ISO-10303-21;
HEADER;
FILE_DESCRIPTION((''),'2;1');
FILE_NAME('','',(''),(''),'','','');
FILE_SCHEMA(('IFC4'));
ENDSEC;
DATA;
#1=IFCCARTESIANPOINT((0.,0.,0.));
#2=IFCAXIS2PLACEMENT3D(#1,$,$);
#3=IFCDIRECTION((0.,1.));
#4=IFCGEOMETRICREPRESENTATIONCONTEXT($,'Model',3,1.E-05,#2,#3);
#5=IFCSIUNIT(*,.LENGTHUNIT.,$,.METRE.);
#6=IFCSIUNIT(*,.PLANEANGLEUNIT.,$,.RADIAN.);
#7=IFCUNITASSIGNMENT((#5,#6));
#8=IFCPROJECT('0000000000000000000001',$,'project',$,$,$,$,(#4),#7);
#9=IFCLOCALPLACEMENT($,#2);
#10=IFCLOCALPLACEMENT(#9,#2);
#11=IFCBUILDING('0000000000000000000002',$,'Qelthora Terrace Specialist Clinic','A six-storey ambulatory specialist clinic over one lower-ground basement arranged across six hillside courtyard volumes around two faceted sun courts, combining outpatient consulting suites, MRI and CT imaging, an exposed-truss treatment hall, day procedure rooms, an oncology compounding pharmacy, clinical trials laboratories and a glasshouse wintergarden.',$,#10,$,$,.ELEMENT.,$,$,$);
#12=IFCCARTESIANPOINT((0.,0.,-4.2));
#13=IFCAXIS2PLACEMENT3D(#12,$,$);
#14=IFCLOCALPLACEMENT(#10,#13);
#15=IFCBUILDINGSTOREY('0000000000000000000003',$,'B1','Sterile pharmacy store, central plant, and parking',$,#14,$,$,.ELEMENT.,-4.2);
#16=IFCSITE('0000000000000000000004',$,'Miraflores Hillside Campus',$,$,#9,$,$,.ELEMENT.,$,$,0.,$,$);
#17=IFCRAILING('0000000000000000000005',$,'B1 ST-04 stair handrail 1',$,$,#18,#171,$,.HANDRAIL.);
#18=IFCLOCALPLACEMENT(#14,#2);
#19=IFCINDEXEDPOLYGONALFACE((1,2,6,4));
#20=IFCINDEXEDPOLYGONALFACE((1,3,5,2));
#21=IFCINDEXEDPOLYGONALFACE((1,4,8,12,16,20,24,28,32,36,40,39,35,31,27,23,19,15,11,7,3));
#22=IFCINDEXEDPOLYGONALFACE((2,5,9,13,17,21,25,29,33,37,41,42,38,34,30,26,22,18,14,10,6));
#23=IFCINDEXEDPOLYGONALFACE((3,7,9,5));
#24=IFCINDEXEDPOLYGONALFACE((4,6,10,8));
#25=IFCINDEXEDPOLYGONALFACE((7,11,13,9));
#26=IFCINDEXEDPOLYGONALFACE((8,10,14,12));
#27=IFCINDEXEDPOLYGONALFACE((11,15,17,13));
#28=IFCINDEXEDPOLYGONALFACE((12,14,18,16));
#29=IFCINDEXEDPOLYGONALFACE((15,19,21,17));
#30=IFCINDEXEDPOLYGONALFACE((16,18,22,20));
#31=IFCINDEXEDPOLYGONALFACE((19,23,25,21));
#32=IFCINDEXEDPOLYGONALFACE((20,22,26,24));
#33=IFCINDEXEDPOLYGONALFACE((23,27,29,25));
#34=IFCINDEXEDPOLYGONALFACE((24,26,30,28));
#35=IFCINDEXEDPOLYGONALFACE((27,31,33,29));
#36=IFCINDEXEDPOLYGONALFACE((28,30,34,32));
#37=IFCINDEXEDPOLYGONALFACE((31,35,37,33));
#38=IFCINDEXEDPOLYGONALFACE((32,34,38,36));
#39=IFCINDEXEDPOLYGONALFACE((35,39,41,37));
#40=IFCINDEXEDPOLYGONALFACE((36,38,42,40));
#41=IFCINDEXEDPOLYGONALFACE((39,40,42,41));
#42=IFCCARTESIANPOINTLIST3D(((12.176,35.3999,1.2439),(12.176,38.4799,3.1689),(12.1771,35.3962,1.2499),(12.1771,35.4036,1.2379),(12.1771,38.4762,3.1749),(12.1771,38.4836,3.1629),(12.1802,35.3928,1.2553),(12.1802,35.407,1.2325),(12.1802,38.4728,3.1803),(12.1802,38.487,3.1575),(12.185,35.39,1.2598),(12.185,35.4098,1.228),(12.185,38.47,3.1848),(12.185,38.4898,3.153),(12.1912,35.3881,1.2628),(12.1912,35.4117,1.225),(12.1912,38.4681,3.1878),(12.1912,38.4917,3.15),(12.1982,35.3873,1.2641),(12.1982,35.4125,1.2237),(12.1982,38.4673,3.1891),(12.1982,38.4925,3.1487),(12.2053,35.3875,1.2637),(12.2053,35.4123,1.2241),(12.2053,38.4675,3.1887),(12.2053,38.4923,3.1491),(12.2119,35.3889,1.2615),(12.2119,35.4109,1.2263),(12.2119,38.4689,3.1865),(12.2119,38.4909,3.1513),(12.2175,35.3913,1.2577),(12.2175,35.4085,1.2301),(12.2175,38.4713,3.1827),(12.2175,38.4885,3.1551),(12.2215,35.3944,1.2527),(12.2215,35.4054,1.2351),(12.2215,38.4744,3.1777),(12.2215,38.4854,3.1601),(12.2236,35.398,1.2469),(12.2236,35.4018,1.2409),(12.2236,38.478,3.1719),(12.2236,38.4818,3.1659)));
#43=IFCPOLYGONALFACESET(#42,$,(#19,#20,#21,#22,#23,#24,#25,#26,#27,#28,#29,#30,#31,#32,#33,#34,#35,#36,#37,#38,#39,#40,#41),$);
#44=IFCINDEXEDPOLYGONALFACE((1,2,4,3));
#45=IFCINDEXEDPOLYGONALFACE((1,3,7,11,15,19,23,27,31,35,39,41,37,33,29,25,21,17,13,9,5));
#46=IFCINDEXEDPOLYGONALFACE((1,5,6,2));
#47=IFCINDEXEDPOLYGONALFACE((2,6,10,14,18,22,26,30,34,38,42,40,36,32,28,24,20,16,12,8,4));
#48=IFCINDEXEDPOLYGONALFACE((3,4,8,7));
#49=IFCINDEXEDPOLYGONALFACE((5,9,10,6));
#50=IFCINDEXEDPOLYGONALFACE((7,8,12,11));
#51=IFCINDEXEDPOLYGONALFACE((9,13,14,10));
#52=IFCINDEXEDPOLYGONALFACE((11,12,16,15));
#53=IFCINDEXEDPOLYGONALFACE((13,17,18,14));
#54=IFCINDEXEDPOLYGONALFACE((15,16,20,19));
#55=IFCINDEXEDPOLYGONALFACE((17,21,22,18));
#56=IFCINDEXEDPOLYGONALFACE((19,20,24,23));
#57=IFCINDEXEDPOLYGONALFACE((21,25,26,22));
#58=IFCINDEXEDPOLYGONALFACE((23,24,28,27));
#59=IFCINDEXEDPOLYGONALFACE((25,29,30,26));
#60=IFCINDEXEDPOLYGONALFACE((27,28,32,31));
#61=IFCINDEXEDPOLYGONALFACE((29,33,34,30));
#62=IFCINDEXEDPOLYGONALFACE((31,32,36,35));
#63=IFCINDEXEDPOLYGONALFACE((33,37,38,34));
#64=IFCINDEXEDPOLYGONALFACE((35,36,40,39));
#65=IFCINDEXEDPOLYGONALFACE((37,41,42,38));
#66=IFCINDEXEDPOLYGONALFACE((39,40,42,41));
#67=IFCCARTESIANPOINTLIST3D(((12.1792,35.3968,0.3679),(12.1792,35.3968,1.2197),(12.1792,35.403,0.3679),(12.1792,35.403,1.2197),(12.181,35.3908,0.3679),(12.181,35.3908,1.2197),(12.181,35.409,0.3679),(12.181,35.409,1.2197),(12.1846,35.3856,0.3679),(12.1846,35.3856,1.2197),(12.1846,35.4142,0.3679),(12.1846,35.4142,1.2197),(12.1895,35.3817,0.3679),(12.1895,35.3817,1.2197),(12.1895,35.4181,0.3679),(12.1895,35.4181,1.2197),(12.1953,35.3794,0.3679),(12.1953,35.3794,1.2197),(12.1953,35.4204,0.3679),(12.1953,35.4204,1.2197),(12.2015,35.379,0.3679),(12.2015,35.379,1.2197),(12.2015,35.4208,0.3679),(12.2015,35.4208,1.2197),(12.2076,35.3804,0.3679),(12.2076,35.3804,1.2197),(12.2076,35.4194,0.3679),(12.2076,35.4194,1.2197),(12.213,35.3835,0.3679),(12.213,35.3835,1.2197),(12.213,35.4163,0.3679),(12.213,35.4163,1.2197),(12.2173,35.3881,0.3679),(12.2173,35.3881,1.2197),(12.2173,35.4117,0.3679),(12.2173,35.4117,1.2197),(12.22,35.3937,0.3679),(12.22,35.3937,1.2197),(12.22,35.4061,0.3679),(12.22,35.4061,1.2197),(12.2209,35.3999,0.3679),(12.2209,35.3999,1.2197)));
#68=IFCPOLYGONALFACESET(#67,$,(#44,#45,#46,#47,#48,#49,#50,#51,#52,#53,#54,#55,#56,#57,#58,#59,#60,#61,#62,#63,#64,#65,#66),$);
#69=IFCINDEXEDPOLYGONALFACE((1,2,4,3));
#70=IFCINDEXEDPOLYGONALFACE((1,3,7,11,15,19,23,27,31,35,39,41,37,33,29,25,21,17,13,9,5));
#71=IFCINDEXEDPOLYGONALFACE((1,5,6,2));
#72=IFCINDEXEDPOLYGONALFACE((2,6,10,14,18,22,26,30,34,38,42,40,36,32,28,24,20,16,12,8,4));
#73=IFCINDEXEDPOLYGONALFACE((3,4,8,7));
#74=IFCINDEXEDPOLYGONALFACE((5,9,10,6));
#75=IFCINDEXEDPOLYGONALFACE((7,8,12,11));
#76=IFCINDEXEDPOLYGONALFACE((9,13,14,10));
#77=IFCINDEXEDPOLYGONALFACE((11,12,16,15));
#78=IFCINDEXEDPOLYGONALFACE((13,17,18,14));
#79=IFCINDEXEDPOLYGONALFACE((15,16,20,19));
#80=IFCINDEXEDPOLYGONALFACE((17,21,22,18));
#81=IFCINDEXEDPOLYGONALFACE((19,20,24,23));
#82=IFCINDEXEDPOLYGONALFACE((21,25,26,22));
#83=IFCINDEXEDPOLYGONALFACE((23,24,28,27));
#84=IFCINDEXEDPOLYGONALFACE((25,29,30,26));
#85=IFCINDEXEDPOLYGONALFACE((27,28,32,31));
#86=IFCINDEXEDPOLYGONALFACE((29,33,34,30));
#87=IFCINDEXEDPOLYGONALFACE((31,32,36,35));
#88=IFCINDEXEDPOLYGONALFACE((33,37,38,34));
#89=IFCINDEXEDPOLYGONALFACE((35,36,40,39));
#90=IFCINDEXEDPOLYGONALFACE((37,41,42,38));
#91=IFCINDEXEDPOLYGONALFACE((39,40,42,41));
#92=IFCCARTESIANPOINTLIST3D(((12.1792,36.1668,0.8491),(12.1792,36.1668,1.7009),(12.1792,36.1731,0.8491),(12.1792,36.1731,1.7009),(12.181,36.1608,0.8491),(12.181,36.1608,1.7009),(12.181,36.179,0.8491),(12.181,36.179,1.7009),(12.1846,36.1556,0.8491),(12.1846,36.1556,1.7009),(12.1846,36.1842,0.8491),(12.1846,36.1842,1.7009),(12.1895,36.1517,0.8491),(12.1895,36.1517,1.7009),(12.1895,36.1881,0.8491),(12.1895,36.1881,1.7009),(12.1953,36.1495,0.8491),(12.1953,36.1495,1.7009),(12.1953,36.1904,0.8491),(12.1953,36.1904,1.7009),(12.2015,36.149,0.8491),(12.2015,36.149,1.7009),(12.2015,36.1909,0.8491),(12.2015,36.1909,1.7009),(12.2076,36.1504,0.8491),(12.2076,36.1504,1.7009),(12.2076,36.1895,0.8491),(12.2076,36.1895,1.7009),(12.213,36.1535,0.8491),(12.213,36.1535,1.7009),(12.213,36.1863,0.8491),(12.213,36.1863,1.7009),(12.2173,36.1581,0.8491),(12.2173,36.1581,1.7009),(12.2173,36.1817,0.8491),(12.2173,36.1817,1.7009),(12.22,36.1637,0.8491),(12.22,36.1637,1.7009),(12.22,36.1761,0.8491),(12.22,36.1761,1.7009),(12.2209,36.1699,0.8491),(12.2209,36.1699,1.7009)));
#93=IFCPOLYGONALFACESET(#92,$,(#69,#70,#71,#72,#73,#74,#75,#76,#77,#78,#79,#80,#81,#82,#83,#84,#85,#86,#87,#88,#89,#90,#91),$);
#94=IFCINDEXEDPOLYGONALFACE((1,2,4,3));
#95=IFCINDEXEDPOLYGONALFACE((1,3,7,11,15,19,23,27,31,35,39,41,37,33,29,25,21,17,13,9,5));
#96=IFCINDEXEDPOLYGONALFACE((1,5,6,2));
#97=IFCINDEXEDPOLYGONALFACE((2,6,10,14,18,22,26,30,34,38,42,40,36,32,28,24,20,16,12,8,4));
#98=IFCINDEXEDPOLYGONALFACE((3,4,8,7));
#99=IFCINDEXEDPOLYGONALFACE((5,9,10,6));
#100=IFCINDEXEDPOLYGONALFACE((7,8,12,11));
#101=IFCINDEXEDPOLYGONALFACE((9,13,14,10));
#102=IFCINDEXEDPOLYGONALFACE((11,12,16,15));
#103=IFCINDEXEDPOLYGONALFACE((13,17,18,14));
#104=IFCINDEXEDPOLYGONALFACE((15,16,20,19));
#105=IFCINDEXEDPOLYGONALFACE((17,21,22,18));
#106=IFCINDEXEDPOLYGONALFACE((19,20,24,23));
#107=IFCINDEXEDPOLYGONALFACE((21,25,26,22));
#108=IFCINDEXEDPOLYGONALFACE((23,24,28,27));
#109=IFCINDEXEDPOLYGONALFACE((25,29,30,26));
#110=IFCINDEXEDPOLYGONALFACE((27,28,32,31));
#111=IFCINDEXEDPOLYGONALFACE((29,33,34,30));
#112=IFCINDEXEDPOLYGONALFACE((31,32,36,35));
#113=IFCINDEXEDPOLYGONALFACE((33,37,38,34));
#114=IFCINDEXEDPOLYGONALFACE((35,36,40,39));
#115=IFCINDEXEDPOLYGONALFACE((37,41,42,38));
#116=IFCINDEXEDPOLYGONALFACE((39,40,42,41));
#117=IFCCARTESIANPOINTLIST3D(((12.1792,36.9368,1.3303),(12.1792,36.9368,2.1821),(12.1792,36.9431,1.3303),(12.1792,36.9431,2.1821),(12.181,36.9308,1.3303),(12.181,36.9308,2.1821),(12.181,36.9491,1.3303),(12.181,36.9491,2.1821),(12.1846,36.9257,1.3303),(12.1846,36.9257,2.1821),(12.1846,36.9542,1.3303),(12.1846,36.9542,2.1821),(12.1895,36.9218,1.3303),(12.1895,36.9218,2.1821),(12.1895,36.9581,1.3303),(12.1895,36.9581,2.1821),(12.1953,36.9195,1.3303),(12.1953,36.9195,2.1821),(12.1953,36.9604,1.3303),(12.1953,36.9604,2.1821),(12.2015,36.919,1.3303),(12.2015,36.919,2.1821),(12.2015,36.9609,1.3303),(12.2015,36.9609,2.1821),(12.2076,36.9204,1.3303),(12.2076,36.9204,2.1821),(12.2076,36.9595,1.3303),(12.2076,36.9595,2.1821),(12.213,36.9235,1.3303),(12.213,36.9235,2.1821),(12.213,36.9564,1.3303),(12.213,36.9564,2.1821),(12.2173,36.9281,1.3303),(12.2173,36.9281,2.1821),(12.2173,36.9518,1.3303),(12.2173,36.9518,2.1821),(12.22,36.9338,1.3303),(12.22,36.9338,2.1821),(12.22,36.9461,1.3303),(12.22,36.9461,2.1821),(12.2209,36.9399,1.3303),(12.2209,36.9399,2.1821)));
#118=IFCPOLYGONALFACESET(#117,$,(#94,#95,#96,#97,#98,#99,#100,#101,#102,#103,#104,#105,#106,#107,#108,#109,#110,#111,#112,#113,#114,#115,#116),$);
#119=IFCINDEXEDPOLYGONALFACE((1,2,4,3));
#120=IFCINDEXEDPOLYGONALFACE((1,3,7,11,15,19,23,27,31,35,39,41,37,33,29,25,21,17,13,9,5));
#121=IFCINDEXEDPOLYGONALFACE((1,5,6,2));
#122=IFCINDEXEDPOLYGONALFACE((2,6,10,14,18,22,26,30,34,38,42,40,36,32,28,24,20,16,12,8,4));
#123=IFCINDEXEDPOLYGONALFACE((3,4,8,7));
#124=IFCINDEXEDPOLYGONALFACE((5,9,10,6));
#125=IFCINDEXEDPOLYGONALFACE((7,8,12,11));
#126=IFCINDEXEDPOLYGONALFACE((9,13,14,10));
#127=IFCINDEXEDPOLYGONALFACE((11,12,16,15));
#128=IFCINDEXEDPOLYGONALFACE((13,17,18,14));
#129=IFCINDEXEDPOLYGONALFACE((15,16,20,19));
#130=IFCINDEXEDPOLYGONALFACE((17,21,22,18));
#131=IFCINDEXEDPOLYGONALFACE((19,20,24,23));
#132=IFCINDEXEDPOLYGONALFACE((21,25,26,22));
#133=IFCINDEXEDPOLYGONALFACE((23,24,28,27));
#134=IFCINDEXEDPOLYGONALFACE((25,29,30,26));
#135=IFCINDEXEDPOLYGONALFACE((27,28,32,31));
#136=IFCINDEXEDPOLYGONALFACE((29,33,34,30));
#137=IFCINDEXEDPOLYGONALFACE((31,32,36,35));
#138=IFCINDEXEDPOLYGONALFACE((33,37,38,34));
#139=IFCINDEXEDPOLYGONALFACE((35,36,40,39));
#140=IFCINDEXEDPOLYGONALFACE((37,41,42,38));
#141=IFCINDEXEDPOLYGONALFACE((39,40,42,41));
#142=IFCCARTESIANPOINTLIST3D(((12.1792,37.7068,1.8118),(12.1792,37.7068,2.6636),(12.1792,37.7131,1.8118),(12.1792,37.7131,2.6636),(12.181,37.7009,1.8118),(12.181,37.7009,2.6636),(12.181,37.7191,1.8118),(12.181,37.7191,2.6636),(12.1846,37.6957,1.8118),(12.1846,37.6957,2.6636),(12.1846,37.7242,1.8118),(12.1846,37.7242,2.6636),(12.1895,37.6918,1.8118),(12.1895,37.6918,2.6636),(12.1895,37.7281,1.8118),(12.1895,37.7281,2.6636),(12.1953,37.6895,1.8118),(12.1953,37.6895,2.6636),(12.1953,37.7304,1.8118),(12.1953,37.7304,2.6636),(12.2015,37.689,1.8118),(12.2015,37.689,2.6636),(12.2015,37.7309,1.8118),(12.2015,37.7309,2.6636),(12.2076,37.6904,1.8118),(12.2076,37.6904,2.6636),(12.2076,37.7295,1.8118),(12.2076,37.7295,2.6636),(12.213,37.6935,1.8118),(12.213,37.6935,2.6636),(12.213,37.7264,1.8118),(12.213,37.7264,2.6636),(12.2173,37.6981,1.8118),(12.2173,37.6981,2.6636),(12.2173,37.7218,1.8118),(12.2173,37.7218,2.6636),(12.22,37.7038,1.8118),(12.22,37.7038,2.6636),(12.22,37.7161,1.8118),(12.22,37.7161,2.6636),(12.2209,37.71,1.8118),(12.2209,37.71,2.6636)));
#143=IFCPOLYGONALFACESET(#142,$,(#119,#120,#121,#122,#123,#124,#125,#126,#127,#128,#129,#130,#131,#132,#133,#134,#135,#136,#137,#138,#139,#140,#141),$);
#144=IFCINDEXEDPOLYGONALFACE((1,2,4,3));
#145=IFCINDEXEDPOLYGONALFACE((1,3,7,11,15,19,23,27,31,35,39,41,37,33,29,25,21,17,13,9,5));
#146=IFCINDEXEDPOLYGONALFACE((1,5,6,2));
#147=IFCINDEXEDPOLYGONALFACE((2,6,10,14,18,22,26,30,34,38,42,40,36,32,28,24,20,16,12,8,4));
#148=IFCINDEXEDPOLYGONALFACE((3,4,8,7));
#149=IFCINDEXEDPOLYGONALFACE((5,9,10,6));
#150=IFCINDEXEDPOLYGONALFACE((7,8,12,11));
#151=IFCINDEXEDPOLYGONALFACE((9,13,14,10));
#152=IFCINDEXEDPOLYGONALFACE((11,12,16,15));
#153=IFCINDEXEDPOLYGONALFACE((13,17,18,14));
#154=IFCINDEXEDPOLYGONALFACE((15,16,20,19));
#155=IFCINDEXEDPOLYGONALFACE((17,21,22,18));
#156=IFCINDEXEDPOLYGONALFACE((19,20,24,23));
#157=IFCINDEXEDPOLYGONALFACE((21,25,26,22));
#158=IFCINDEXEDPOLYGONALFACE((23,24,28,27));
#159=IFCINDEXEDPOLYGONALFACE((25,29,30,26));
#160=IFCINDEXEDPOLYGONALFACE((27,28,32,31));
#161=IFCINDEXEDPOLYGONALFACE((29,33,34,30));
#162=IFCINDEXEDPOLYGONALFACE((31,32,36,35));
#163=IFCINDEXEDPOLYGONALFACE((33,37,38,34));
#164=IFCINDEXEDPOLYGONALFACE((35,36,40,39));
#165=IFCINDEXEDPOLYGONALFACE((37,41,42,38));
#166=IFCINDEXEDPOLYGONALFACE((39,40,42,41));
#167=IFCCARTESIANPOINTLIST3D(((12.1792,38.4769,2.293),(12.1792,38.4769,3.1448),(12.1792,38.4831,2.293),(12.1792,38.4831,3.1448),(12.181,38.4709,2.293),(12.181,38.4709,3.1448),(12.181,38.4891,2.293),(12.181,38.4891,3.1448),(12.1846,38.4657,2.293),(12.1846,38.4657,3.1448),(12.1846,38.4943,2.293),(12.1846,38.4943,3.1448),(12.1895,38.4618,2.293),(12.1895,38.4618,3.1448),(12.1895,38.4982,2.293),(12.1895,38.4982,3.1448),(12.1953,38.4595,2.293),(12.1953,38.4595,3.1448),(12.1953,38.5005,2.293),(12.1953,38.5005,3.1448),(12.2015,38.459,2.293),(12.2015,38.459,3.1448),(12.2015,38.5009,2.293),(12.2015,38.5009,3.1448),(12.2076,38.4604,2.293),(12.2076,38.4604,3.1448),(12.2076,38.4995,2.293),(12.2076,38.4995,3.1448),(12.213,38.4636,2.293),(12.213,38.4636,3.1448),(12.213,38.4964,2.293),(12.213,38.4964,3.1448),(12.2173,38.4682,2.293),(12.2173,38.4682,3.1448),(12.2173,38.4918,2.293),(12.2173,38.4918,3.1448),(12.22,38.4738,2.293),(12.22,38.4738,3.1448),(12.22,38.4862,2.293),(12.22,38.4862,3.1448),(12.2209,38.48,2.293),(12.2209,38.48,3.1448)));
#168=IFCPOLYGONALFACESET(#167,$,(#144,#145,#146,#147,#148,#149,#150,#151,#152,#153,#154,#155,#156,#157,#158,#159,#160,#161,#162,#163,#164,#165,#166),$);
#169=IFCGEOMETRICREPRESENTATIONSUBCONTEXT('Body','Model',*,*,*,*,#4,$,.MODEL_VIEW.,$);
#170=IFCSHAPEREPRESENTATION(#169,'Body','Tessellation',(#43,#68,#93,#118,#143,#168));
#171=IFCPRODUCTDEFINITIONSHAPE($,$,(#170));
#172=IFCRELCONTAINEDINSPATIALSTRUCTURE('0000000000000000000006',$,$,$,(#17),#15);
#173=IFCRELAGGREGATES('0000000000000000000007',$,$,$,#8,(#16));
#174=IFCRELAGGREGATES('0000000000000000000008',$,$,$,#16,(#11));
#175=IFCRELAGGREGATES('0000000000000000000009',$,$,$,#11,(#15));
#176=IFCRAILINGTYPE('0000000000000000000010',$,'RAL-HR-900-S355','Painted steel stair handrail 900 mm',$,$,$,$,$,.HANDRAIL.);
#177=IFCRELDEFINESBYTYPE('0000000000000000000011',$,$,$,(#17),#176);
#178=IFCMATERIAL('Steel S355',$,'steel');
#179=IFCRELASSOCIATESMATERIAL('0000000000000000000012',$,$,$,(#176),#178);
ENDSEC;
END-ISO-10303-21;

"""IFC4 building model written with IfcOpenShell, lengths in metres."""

from ifc_helpers import new_model, si_unit, direction, frame, origin, origin_2d, place, context, subcontext, project, spatial, circle, extrude, material, type_object, element, save


model = new_model("IFC4")

# Units and contexts
model_context = context("Model", 3, precision=1e-05, world=origin(), true_north=direction((0.0, 1.0)))
body_context = subcontext(model_context, "Body", "Model", "MODEL_VIEW")
ifc_project = project(units=[si_unit("LENGTHUNIT", "METRE"), si_unit("PLANEANGLEUNIT", "RADIAN")], contexts=[model_context])

# Site, building, storey
site_placement = place(None, origin())
site = spatial("IfcSite", under=ifc_project, at=site_placement, Name="Miraflores Hillside Campus", CompositionType="ELEMENT", RefElevation=0.0)
building_placement = place(site_placement, origin())
building = spatial("IfcBuilding", under=site, at=building_placement, Name="Qelthora Terrace Specialist Clinic", Description="A six-storey ambulatory specialist clinic over one lower-ground basement arranged across six hillside courtyard volumes around two faceted sun courts, combining outpatient consulting suites, MRI and CT imaging, an exposed-truss treatment hall, day procedure rooms, an oncology compounding pharmacy, clinical trials laboratories and a glasshouse wintergarden.", CompositionType="ELEMENT")
storey_placement = place(building_placement, frame((0.0, 0.0, -4.2)))
storey = spatial("IfcBuildingStorey", under=building, at=storey_placement, Name="B1", Description="Sterile pharmacy store, central plant, and parking", CompositionType="ELEMENT", Elevation=-4.2)

# Shared definitions
ifc_material_1 = material(Name="Steel S355", Category="steel")

# Railing
railing_type_1 = type_object("IfcRailingType", Name="RAL-HR-900-S355", Description="Painted steel stair handrail 900 mm", PredefinedType="HANDRAIL", material=ifc_material_1)
railing_1_placement = place(storey_placement, frame((12.2, 35.3999, 0.3679)))
element("IfcRailing", 1, at=railing_1_placement, inside=storey, type_object=railing_type_1, Name="B1 ST-04 stair handrail 1", PredefinedType="HANDRAIL", context=body_context, shape_type="SweptSolid", body=[
    extrude(circle(Radius=0.0239, at=origin_2d()), frame((0.0, 0.0, 0.876), z_axis=(0.0, 0.847998, 0.529999), x_axis=(-1.0, 0.0, 0.0)), (0.0, 0.0, 1.0), 3.6321),
    extrude(circle(Radius=0.021, at=origin_2d()), origin(), (0.0, 0.0, 1.0), 0.8518),
    extrude(circle(Radius=0.021, at=origin_2d()), frame((0.0, 0.77, 0.4812)), (0.0, 0.0, 1.0), 0.8518),
    extrude(circle(Radius=0.021, at=origin_2d()), frame((0.0, 1.54, 0.9624)), (0.0, 0.0, 1.0), 0.8518),
    extrude(circle(Radius=0.021, at=origin_2d()), frame((0.0, 2.3101, 1.4438)), (0.0, 0.0, 1.0), 0.8518),
    extrude(circle(Radius=0.021, at=origin_2d()), frame((0.0, 3.0801, 1.925)), (0.0, 0.0, 1.0), 0.8518),
])

save(model, "model.ifc")
